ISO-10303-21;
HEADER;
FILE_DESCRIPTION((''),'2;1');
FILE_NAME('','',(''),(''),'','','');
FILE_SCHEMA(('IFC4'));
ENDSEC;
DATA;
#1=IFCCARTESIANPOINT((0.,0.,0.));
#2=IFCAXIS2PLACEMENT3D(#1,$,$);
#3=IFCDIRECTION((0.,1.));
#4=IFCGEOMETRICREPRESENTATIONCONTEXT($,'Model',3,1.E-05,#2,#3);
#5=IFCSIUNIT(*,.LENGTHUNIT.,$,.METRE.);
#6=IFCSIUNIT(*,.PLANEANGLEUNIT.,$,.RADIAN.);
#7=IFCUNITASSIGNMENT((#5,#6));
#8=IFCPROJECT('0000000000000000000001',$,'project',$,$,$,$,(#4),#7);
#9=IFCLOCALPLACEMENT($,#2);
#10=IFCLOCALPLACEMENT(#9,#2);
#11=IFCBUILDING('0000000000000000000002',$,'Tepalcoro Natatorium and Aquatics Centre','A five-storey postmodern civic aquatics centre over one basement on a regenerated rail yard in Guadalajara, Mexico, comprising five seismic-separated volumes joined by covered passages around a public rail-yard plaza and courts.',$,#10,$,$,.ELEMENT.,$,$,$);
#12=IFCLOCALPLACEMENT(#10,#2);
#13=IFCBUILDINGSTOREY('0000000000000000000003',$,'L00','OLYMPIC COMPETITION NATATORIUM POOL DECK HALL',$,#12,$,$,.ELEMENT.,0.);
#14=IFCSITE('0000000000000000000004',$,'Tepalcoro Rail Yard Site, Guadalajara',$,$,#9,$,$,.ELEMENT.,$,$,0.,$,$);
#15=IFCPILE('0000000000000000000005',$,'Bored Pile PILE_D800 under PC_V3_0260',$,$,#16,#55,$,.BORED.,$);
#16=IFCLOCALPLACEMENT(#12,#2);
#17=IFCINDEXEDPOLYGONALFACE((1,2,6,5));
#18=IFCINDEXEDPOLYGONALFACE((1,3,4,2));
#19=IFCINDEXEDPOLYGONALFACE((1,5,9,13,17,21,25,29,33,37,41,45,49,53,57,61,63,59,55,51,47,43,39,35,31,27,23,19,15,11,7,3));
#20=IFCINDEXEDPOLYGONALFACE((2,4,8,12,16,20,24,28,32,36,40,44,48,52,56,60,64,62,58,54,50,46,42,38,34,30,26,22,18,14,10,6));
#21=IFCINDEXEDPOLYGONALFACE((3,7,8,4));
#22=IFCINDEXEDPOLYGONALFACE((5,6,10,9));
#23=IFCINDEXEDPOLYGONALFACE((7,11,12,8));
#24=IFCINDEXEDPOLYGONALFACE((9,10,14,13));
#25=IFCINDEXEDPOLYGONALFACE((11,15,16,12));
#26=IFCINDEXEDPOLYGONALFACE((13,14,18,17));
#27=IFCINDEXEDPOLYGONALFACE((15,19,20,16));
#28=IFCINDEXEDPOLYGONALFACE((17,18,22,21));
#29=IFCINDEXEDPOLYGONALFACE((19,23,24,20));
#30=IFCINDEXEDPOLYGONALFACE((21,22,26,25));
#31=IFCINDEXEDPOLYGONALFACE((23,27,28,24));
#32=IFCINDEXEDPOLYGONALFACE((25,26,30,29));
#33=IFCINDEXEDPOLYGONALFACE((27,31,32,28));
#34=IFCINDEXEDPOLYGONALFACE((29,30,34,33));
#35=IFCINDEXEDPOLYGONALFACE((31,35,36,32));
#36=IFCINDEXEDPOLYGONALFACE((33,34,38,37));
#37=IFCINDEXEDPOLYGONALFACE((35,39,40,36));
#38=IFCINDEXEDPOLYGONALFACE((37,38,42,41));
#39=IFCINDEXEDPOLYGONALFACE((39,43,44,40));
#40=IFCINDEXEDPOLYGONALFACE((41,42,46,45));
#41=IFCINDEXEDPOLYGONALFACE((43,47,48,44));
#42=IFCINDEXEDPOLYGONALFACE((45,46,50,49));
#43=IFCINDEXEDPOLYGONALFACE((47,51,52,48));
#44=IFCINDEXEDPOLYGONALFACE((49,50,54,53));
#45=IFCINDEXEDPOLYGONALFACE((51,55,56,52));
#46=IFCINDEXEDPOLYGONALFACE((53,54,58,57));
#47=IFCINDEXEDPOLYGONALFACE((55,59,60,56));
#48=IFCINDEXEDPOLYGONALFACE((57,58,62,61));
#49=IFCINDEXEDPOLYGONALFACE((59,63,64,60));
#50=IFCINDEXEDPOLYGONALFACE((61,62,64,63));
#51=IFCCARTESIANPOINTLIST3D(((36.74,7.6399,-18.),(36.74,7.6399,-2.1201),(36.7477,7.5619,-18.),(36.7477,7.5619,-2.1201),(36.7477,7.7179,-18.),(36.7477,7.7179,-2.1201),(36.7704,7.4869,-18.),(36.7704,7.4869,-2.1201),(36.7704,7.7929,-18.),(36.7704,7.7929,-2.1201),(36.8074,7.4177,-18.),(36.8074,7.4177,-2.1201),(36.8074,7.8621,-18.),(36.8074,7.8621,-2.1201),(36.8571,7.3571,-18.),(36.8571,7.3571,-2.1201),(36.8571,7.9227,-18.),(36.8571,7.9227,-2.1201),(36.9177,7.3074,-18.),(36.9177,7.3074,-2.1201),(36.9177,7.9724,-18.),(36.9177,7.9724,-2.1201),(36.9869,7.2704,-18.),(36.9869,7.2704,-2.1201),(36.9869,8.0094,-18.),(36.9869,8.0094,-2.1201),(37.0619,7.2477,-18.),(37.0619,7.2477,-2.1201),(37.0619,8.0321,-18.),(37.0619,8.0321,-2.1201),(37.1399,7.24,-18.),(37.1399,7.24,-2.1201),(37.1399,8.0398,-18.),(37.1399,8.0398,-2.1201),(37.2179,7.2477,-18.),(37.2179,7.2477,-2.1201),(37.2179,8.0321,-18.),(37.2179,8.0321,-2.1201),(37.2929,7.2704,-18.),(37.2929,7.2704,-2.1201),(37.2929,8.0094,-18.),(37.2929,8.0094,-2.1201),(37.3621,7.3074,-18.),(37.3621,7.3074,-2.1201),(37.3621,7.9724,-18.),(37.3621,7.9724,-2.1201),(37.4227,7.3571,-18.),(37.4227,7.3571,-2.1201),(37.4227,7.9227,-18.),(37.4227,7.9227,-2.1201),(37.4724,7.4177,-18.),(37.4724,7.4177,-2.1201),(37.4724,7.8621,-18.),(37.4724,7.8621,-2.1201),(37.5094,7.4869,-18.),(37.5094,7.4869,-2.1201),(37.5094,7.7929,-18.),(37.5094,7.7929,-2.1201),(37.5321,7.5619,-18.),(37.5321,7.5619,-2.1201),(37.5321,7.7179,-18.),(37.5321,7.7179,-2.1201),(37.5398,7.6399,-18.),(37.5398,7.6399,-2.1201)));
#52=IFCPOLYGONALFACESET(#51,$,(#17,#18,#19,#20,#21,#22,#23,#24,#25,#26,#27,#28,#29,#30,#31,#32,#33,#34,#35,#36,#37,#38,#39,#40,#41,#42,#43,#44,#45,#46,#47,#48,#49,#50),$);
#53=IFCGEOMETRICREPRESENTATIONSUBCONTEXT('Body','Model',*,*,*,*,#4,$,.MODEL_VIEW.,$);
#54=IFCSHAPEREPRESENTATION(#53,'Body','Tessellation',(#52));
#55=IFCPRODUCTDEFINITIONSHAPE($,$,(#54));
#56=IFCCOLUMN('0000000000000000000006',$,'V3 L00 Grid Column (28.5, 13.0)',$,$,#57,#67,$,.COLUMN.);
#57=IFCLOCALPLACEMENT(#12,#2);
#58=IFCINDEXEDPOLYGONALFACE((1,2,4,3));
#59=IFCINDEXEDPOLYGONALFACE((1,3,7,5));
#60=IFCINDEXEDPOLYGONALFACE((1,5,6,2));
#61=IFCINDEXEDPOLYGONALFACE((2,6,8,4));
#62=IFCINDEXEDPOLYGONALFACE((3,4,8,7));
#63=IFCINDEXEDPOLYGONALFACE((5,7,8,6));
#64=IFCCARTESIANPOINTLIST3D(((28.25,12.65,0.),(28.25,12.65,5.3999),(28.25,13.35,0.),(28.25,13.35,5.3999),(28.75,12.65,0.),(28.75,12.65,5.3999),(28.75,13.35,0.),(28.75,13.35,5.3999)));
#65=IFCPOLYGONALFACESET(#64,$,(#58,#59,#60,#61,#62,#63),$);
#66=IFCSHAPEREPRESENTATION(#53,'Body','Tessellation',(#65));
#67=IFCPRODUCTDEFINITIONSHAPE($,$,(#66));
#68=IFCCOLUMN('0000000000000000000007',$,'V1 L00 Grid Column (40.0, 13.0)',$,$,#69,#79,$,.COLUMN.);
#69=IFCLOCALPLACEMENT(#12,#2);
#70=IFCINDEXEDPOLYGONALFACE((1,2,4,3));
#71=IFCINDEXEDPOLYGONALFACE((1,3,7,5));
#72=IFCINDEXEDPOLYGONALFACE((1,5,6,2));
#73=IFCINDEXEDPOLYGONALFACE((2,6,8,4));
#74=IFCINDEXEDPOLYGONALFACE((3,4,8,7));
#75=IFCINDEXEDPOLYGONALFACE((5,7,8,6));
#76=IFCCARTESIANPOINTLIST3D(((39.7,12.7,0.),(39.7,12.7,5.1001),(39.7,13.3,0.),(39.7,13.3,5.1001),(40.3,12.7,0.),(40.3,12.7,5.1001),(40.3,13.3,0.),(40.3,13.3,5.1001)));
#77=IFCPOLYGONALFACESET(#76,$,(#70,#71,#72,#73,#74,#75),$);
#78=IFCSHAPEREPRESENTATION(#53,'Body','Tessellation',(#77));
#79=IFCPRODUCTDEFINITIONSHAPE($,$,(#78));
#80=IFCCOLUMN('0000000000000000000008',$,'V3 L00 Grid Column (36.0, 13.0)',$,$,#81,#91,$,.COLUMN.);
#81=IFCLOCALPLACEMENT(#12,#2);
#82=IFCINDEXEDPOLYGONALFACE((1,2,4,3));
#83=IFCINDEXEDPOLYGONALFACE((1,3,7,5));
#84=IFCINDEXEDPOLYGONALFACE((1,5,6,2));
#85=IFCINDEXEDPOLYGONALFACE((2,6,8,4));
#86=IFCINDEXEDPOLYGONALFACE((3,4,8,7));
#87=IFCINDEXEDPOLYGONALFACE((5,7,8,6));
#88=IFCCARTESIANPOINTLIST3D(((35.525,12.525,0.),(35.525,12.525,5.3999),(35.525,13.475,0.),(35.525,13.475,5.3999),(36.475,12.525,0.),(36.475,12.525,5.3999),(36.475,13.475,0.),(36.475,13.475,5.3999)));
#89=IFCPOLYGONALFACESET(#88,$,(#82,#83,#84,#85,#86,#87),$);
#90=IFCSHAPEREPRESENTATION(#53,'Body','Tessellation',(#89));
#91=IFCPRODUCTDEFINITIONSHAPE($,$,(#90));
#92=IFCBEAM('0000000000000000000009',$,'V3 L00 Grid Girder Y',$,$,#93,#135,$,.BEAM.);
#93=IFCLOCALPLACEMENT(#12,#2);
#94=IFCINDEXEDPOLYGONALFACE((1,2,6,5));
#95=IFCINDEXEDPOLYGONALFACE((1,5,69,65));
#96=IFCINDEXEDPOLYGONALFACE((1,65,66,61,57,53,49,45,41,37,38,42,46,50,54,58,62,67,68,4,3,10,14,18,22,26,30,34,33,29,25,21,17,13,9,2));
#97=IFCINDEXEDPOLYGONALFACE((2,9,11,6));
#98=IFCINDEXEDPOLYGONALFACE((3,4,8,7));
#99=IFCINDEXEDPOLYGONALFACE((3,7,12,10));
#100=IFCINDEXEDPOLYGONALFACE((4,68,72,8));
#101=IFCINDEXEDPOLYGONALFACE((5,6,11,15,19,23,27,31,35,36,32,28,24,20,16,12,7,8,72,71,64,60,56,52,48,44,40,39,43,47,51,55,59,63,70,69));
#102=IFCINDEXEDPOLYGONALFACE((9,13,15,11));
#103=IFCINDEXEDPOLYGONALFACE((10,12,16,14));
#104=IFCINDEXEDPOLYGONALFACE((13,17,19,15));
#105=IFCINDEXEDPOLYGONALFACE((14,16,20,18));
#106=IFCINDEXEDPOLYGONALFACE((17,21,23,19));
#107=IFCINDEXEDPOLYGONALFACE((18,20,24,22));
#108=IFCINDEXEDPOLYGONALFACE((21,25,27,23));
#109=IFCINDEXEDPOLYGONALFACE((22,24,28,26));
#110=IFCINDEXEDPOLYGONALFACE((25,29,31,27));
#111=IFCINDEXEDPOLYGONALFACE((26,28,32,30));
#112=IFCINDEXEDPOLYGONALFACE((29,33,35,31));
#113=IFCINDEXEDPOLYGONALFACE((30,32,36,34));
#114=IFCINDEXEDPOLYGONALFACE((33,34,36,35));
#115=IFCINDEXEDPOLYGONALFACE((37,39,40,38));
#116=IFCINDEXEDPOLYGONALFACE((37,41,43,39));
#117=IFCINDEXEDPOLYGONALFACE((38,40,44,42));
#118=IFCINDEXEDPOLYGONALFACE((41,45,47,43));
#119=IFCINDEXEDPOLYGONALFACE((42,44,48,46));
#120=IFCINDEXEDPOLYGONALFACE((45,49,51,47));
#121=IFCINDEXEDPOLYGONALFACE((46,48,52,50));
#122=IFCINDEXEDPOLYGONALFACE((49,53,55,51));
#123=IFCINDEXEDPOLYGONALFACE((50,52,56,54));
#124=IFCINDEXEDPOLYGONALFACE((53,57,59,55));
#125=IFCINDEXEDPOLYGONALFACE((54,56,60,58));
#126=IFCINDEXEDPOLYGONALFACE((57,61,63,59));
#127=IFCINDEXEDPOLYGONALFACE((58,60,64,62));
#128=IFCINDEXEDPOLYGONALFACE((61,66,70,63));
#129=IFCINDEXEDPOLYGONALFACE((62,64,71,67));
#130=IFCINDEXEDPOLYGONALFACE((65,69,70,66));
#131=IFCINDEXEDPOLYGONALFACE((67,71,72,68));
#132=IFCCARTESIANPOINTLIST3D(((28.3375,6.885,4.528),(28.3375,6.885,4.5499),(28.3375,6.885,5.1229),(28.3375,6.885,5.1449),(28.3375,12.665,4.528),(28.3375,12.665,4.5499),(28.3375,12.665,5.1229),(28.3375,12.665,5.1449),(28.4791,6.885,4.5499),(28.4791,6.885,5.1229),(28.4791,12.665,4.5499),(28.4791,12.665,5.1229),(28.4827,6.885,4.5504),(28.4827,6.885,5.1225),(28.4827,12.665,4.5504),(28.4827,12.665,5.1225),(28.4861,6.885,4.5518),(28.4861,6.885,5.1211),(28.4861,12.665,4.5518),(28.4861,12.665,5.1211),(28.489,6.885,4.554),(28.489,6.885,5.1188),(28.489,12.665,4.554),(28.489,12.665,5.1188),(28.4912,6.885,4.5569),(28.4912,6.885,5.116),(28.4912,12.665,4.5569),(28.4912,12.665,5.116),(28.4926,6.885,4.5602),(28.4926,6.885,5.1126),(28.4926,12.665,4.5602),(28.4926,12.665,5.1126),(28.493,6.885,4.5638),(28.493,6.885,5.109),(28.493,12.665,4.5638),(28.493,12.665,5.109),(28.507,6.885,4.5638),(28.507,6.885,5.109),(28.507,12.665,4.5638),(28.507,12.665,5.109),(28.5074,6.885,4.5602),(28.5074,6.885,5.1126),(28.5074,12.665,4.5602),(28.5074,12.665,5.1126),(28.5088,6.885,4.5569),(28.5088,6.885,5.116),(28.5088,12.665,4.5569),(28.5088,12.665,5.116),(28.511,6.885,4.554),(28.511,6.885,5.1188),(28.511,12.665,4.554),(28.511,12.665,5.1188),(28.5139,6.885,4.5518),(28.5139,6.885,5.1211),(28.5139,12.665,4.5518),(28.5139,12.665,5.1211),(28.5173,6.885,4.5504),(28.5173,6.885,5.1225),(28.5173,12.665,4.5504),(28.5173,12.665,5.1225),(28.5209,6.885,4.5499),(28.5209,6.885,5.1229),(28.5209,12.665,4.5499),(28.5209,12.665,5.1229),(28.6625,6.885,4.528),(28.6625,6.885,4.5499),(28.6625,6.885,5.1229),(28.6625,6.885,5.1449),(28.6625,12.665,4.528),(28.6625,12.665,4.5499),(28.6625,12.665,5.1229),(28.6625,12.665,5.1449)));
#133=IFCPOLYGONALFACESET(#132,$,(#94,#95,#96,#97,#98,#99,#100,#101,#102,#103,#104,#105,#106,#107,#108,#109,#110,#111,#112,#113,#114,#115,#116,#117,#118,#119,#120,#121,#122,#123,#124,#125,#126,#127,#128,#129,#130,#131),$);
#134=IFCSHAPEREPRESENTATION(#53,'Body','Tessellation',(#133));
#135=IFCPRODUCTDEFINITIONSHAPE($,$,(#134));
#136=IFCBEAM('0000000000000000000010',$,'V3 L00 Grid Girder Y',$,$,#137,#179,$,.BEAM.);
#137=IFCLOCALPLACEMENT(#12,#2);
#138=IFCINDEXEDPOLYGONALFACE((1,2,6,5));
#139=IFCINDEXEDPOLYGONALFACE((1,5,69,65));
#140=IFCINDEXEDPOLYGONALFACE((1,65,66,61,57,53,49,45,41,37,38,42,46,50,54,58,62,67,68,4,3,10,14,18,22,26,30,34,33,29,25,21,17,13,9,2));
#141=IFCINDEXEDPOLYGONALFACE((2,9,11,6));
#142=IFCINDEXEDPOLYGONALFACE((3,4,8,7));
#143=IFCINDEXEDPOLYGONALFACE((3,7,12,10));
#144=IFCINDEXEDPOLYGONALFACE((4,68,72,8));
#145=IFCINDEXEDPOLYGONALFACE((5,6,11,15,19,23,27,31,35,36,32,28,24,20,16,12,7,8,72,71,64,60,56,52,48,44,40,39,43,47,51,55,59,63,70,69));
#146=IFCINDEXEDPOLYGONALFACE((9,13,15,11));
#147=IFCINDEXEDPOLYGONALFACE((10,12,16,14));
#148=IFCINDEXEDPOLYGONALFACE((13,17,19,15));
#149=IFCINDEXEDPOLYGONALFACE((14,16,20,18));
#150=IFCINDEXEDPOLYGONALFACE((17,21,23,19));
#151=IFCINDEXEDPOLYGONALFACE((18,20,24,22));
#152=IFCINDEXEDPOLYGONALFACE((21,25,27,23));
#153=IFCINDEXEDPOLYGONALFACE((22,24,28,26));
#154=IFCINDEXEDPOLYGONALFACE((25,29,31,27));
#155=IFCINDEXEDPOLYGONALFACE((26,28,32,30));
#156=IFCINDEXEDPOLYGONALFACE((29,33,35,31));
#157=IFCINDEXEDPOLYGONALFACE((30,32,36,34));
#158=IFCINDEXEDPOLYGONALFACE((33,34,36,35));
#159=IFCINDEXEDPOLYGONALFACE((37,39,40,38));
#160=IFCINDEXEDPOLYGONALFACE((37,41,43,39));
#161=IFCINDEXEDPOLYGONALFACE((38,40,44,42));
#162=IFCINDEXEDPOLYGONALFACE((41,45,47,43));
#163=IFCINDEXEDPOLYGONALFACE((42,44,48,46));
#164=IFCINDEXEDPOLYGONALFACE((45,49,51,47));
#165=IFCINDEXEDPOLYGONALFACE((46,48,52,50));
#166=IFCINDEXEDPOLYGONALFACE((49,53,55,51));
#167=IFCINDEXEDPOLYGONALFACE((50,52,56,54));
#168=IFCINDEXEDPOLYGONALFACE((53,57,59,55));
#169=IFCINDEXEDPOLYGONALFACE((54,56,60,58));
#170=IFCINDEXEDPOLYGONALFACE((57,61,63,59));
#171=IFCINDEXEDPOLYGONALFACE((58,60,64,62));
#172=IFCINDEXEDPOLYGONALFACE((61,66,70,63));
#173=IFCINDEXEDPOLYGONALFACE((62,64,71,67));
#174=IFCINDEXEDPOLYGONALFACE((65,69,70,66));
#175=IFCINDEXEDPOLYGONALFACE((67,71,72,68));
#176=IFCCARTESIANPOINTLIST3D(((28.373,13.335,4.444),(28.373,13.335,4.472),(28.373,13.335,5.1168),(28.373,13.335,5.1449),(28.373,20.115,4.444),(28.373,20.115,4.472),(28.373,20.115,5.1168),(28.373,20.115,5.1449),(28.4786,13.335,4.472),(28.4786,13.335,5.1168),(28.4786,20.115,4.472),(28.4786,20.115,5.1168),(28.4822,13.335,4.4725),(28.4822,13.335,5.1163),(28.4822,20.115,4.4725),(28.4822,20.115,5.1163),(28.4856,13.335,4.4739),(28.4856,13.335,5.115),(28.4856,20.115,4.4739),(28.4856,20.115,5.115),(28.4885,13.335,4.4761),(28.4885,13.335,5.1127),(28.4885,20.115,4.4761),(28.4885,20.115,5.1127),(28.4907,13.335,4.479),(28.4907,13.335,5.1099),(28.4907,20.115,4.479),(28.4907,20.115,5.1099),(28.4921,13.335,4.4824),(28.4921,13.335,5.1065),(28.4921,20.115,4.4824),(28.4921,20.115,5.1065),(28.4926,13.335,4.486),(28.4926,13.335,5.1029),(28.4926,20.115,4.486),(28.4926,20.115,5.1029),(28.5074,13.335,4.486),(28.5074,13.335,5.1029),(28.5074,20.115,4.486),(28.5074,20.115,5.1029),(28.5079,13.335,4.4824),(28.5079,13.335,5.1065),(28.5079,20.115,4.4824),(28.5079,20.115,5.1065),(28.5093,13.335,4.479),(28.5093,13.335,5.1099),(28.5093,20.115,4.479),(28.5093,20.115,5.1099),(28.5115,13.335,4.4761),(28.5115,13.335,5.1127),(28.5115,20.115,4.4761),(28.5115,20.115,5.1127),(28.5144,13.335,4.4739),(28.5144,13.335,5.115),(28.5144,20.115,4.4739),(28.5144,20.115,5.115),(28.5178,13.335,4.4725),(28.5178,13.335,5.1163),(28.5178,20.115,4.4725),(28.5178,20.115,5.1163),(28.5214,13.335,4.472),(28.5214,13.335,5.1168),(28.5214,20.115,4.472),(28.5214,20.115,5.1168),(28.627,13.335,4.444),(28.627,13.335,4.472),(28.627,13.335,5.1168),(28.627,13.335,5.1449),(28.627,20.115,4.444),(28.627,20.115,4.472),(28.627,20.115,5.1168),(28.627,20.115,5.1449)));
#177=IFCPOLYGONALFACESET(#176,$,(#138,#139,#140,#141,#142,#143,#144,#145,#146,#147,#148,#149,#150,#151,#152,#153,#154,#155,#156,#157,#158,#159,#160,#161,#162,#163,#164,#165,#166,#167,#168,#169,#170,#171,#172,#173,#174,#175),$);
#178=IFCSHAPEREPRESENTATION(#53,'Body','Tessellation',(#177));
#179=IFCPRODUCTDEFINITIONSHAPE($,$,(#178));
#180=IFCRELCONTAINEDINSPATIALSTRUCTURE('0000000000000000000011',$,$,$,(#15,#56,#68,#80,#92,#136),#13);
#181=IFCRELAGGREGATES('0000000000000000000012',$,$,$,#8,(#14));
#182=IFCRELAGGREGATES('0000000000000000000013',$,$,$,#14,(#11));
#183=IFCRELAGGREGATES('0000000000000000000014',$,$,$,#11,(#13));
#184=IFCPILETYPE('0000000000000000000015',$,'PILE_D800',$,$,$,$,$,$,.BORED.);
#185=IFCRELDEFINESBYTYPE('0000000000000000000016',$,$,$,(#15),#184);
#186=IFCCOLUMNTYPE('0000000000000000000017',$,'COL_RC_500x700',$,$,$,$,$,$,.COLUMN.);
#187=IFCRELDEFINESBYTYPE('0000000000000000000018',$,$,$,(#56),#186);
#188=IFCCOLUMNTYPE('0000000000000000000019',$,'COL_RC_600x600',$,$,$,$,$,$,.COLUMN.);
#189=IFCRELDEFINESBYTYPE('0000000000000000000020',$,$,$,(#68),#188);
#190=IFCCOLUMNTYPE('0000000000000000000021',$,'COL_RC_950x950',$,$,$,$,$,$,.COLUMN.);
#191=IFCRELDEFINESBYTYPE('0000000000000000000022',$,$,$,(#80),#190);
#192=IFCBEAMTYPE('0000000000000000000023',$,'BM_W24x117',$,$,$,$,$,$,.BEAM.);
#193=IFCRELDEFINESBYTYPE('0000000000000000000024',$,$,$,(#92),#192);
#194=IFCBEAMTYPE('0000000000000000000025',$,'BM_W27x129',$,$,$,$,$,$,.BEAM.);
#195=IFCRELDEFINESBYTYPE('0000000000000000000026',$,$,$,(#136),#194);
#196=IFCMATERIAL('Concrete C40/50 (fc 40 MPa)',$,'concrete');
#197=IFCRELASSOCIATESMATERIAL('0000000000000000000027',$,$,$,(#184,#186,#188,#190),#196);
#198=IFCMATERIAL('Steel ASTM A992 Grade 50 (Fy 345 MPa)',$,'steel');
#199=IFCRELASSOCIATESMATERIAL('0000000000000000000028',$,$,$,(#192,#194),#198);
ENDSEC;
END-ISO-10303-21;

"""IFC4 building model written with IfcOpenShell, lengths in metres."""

from ifc_helpers import new_model, si_unit, direction, frame, origin, origin_2d, place, context, subcontext, project, spatial, rectangle, circle, i_section, extrude, material, material_profile, profile_set, type_object, element, save


model = new_model("IFC4")

# Units and contexts
model_context = context("Model", 3, precision=1e-05, world=origin(), true_north=direction((0.0, 1.0)))
body_context = subcontext(model_context, "Body", "Model", "MODEL_VIEW")
ifc_project = project(units=[si_unit("LENGTHUNIT", "METRE"), si_unit("PLANEANGLEUNIT", "RADIAN")], contexts=[model_context])

# Site, building, storey
site_placement = place(None, origin())
site = spatial("IfcSite", under=ifc_project, at=site_placement, Name="Tepalcoro Rail Yard Site, Guadalajara", CompositionType="ELEMENT", RefElevation=0.0)
building_placement = place(site_placement, origin())
building = spatial("IfcBuilding", under=site, at=building_placement, Name="Tepalcoro Natatorium and Aquatics Centre", Description="A five-storey postmodern civic aquatics centre over one basement on a regenerated rail yard in Guadalajara, Mexico, comprising five seismic-separated volumes joined by covered passages around a public rail-yard plaza and courts.", CompositionType="ELEMENT")
storey_placement = place(building_placement, origin())
storey = spatial("IfcBuildingStorey", under=building, at=storey_placement, Name="L00", Description="OLYMPIC COMPETITION NATATORIUM POOL DECK HALL", CompositionType="ELEMENT", Elevation=0.0)

# Pile
ifc_material_1 = material(Name="Concrete C40/50 (fc 40 MPa)", Category="concrete")
ifc_material_profile_1 = material_profile(ifc_material_1, circle(Radius=0.3999, at=origin_2d()), Name="PILE_D800")
ifc_profile_set_1 = profile_set([ifc_material_profile_1], Name="Concrete C40/50 (fc 40 MPa)")
pile_type_1 = type_object("IfcPileType", Name="PILE_D800", PredefinedType="BORED", material=ifc_profile_set_1)
for number, where, z_axis, x_axis, name in (
    (1, (37.1399, 7.6399, -2.1201), (0.0, 0.0, -1.0), (1.0, 0.0, 0.0), "Bored Pile PILE_D800 under PC_V3_0260"),
):
    element("IfcPile", number, at=place(storey_placement, frame(where, z_axis=z_axis, x_axis=x_axis)), inside=storey, type_object=pile_type_1, Name=name, PredefinedType="BORED", context=body_context, shape_type="SweptSolid", body=[
        extrude(circle(Radius=0.3999, at=origin_2d()), origin(), (0.0, 0.0, 1.0), 15.8799),
    ])

# Columns
ifc_material_profile_2 = material_profile(ifc_material_1, rectangle(XDim=0.5, YDim=0.7, at=origin_2d()), Name="RC500x700")
ifc_profile_set_2 = profile_set([ifc_material_profile_2], Name="Concrete C40/50 (fc 40 MPa)")
column_type_1 = type_object("IfcColumnType", Name="COL_RC_500x700", PredefinedType="COLUMN", material=ifc_profile_set_2)
column_1_placement = place(storey_placement, frame((28.5, 13.0, 0.0), z_axis=(0.0, 0.0, 1.0), x_axis=(1.0, 0.0, 0.0)))
element("IfcColumn", 2, at=column_1_placement, inside=storey, type_object=column_type_1, Name="V3 L00 Grid Column (28.5, 13.0)", PredefinedType="COLUMN", context=body_context, shape_type="SweptSolid", body=[
    extrude(rectangle(XDim=0.5, YDim=0.7, at=origin_2d()), origin(), (0.0, 0.0, 1.0), 5.3999),
])
ifc_material_profile_3 = material_profile(ifc_material_1, rectangle(XDim=0.6001, YDim=0.6001, at=origin_2d()), Name="RC600x600")
ifc_profile_set_3 = profile_set([ifc_material_profile_3], Name="Concrete C40/50 (fc 40 MPa)")
column_type_2 = type_object("IfcColumnType", Name="COL_RC_600x600", PredefinedType="COLUMN", material=ifc_profile_set_3)
column_2_placement = place(storey_placement, frame((40.0, 13.0, 0.0), z_axis=(0.0, 0.0, 1.0), x_axis=(1.0, 0.0, 0.0)))
element("IfcColumn", 3, at=column_2_placement, inside=storey, type_object=column_type_2, Name="V1 L00 Grid Column (40.0, 13.0)", PredefinedType="COLUMN", context=body_context, shape_type="SweptSolid", body=[
    extrude(rectangle(XDim=0.6001, YDim=0.6001, at=origin_2d()), origin(), (0.0, 0.0, 1.0), 5.1001),
])
ifc_material_profile_4 = material_profile(ifc_material_1, rectangle(XDim=0.95, YDim=0.95, at=origin_2d()), Name="RC950x950")
ifc_profile_set_4 = profile_set([ifc_material_profile_4], Name="Concrete C40/50 (fc 40 MPa)")
column_type_3 = type_object("IfcColumnType", Name="COL_RC_950x950", PredefinedType="COLUMN", material=ifc_profile_set_4)
column_3_placement = place(storey_placement, frame((36.0, 13.0, 0.0), z_axis=(0.0, 0.0, 1.0), x_axis=(1.0, 0.0, 0.0)))
element("IfcColumn", 4, at=column_3_placement, inside=storey, type_object=column_type_3, Name="V3 L00 Grid Column (36.0, 13.0)", PredefinedType="COLUMN", context=body_context, shape_type="SweptSolid", body=[
    extrude(rectangle(XDim=0.95, YDim=0.95, at=origin_2d()), origin(), (0.0, 0.0, 1.0), 5.3999),
])

# Beams
ifc_material_2 = material(Name="Steel ASTM A992 Grade 50 (Fy 345 MPa)", Category="steel")
ifc_material_profile_5 = material_profile(ifc_material_2, i_section(OverallWidth=0.325, OverallDepth=0.6169, WebThickness=0.0139, FlangeThickness=0.022, FilletRadius=0.0139, at=origin_2d()), Name="W24X117")
ifc_profile_set_5 = profile_set([ifc_material_profile_5], Name="Steel ASTM A992 Grade 50 (Fy 345 MPa)")
beam_type_1 = type_object("IfcBeamType", Name="BM_W24x117", PredefinedType="BEAM", material=ifc_profile_set_5)
beam_1_placement = place(storey_placement, frame((28.5, 6.885, 4.8364), z_axis=(0.0, 1.0, 0.0), x_axis=(-1.0, 0.0, 0.0)))
element("IfcBeam", 5, at=beam_1_placement, inside=storey, type_object=beam_type_1, Name="V3 L00 Grid Girder Y", PredefinedType="BEAM", context=body_context, shape_type="SweptSolid", body=[
    extrude(i_section(OverallWidth=0.325, OverallDepth=0.6169, WebThickness=0.0139, FlangeThickness=0.022, FilletRadius=0.0139, at=origin_2d()), origin(), (0.0, 0.0, 1.0), 5.78),
])
ifc_material_profile_6 = material_profile(ifc_material_2, i_section(OverallWidth=0.2539, OverallDepth=0.7009, WebThickness=0.0149, FlangeThickness=0.0281, FilletRadius=0.0139, at=origin_2d()), Name="W27X129")
ifc_profile_set_6 = profile_set([ifc_material_profile_6], Name="Steel ASTM A992 Grade 50 (Fy 345 MPa)")
beam_type_2 = type_object("IfcBeamType", Name="BM_W27x129", PredefinedType="BEAM", material=ifc_profile_set_6)
beam_2_placement = place(storey_placement, frame((28.5, 13.335, 4.7944), z_axis=(0.0, 1.0, 0.0), x_axis=(-1.0, 0.0, 0.0)))
element("IfcBeam", 6, at=beam_2_placement, inside=storey, type_object=beam_type_2, Name="V3 L00 Grid Girder Y", PredefinedType="BEAM", context=body_context, shape_type="SweptSolid", body=[
    extrude(i_section(OverallWidth=0.2539, OverallDepth=0.7009, WebThickness=0.0149, FlangeThickness=0.0281, FilletRadius=0.0139, at=origin_2d()), origin(), (0.0, 0.0, 1.0), 6.78),
])

save(model, "model.ifc")
